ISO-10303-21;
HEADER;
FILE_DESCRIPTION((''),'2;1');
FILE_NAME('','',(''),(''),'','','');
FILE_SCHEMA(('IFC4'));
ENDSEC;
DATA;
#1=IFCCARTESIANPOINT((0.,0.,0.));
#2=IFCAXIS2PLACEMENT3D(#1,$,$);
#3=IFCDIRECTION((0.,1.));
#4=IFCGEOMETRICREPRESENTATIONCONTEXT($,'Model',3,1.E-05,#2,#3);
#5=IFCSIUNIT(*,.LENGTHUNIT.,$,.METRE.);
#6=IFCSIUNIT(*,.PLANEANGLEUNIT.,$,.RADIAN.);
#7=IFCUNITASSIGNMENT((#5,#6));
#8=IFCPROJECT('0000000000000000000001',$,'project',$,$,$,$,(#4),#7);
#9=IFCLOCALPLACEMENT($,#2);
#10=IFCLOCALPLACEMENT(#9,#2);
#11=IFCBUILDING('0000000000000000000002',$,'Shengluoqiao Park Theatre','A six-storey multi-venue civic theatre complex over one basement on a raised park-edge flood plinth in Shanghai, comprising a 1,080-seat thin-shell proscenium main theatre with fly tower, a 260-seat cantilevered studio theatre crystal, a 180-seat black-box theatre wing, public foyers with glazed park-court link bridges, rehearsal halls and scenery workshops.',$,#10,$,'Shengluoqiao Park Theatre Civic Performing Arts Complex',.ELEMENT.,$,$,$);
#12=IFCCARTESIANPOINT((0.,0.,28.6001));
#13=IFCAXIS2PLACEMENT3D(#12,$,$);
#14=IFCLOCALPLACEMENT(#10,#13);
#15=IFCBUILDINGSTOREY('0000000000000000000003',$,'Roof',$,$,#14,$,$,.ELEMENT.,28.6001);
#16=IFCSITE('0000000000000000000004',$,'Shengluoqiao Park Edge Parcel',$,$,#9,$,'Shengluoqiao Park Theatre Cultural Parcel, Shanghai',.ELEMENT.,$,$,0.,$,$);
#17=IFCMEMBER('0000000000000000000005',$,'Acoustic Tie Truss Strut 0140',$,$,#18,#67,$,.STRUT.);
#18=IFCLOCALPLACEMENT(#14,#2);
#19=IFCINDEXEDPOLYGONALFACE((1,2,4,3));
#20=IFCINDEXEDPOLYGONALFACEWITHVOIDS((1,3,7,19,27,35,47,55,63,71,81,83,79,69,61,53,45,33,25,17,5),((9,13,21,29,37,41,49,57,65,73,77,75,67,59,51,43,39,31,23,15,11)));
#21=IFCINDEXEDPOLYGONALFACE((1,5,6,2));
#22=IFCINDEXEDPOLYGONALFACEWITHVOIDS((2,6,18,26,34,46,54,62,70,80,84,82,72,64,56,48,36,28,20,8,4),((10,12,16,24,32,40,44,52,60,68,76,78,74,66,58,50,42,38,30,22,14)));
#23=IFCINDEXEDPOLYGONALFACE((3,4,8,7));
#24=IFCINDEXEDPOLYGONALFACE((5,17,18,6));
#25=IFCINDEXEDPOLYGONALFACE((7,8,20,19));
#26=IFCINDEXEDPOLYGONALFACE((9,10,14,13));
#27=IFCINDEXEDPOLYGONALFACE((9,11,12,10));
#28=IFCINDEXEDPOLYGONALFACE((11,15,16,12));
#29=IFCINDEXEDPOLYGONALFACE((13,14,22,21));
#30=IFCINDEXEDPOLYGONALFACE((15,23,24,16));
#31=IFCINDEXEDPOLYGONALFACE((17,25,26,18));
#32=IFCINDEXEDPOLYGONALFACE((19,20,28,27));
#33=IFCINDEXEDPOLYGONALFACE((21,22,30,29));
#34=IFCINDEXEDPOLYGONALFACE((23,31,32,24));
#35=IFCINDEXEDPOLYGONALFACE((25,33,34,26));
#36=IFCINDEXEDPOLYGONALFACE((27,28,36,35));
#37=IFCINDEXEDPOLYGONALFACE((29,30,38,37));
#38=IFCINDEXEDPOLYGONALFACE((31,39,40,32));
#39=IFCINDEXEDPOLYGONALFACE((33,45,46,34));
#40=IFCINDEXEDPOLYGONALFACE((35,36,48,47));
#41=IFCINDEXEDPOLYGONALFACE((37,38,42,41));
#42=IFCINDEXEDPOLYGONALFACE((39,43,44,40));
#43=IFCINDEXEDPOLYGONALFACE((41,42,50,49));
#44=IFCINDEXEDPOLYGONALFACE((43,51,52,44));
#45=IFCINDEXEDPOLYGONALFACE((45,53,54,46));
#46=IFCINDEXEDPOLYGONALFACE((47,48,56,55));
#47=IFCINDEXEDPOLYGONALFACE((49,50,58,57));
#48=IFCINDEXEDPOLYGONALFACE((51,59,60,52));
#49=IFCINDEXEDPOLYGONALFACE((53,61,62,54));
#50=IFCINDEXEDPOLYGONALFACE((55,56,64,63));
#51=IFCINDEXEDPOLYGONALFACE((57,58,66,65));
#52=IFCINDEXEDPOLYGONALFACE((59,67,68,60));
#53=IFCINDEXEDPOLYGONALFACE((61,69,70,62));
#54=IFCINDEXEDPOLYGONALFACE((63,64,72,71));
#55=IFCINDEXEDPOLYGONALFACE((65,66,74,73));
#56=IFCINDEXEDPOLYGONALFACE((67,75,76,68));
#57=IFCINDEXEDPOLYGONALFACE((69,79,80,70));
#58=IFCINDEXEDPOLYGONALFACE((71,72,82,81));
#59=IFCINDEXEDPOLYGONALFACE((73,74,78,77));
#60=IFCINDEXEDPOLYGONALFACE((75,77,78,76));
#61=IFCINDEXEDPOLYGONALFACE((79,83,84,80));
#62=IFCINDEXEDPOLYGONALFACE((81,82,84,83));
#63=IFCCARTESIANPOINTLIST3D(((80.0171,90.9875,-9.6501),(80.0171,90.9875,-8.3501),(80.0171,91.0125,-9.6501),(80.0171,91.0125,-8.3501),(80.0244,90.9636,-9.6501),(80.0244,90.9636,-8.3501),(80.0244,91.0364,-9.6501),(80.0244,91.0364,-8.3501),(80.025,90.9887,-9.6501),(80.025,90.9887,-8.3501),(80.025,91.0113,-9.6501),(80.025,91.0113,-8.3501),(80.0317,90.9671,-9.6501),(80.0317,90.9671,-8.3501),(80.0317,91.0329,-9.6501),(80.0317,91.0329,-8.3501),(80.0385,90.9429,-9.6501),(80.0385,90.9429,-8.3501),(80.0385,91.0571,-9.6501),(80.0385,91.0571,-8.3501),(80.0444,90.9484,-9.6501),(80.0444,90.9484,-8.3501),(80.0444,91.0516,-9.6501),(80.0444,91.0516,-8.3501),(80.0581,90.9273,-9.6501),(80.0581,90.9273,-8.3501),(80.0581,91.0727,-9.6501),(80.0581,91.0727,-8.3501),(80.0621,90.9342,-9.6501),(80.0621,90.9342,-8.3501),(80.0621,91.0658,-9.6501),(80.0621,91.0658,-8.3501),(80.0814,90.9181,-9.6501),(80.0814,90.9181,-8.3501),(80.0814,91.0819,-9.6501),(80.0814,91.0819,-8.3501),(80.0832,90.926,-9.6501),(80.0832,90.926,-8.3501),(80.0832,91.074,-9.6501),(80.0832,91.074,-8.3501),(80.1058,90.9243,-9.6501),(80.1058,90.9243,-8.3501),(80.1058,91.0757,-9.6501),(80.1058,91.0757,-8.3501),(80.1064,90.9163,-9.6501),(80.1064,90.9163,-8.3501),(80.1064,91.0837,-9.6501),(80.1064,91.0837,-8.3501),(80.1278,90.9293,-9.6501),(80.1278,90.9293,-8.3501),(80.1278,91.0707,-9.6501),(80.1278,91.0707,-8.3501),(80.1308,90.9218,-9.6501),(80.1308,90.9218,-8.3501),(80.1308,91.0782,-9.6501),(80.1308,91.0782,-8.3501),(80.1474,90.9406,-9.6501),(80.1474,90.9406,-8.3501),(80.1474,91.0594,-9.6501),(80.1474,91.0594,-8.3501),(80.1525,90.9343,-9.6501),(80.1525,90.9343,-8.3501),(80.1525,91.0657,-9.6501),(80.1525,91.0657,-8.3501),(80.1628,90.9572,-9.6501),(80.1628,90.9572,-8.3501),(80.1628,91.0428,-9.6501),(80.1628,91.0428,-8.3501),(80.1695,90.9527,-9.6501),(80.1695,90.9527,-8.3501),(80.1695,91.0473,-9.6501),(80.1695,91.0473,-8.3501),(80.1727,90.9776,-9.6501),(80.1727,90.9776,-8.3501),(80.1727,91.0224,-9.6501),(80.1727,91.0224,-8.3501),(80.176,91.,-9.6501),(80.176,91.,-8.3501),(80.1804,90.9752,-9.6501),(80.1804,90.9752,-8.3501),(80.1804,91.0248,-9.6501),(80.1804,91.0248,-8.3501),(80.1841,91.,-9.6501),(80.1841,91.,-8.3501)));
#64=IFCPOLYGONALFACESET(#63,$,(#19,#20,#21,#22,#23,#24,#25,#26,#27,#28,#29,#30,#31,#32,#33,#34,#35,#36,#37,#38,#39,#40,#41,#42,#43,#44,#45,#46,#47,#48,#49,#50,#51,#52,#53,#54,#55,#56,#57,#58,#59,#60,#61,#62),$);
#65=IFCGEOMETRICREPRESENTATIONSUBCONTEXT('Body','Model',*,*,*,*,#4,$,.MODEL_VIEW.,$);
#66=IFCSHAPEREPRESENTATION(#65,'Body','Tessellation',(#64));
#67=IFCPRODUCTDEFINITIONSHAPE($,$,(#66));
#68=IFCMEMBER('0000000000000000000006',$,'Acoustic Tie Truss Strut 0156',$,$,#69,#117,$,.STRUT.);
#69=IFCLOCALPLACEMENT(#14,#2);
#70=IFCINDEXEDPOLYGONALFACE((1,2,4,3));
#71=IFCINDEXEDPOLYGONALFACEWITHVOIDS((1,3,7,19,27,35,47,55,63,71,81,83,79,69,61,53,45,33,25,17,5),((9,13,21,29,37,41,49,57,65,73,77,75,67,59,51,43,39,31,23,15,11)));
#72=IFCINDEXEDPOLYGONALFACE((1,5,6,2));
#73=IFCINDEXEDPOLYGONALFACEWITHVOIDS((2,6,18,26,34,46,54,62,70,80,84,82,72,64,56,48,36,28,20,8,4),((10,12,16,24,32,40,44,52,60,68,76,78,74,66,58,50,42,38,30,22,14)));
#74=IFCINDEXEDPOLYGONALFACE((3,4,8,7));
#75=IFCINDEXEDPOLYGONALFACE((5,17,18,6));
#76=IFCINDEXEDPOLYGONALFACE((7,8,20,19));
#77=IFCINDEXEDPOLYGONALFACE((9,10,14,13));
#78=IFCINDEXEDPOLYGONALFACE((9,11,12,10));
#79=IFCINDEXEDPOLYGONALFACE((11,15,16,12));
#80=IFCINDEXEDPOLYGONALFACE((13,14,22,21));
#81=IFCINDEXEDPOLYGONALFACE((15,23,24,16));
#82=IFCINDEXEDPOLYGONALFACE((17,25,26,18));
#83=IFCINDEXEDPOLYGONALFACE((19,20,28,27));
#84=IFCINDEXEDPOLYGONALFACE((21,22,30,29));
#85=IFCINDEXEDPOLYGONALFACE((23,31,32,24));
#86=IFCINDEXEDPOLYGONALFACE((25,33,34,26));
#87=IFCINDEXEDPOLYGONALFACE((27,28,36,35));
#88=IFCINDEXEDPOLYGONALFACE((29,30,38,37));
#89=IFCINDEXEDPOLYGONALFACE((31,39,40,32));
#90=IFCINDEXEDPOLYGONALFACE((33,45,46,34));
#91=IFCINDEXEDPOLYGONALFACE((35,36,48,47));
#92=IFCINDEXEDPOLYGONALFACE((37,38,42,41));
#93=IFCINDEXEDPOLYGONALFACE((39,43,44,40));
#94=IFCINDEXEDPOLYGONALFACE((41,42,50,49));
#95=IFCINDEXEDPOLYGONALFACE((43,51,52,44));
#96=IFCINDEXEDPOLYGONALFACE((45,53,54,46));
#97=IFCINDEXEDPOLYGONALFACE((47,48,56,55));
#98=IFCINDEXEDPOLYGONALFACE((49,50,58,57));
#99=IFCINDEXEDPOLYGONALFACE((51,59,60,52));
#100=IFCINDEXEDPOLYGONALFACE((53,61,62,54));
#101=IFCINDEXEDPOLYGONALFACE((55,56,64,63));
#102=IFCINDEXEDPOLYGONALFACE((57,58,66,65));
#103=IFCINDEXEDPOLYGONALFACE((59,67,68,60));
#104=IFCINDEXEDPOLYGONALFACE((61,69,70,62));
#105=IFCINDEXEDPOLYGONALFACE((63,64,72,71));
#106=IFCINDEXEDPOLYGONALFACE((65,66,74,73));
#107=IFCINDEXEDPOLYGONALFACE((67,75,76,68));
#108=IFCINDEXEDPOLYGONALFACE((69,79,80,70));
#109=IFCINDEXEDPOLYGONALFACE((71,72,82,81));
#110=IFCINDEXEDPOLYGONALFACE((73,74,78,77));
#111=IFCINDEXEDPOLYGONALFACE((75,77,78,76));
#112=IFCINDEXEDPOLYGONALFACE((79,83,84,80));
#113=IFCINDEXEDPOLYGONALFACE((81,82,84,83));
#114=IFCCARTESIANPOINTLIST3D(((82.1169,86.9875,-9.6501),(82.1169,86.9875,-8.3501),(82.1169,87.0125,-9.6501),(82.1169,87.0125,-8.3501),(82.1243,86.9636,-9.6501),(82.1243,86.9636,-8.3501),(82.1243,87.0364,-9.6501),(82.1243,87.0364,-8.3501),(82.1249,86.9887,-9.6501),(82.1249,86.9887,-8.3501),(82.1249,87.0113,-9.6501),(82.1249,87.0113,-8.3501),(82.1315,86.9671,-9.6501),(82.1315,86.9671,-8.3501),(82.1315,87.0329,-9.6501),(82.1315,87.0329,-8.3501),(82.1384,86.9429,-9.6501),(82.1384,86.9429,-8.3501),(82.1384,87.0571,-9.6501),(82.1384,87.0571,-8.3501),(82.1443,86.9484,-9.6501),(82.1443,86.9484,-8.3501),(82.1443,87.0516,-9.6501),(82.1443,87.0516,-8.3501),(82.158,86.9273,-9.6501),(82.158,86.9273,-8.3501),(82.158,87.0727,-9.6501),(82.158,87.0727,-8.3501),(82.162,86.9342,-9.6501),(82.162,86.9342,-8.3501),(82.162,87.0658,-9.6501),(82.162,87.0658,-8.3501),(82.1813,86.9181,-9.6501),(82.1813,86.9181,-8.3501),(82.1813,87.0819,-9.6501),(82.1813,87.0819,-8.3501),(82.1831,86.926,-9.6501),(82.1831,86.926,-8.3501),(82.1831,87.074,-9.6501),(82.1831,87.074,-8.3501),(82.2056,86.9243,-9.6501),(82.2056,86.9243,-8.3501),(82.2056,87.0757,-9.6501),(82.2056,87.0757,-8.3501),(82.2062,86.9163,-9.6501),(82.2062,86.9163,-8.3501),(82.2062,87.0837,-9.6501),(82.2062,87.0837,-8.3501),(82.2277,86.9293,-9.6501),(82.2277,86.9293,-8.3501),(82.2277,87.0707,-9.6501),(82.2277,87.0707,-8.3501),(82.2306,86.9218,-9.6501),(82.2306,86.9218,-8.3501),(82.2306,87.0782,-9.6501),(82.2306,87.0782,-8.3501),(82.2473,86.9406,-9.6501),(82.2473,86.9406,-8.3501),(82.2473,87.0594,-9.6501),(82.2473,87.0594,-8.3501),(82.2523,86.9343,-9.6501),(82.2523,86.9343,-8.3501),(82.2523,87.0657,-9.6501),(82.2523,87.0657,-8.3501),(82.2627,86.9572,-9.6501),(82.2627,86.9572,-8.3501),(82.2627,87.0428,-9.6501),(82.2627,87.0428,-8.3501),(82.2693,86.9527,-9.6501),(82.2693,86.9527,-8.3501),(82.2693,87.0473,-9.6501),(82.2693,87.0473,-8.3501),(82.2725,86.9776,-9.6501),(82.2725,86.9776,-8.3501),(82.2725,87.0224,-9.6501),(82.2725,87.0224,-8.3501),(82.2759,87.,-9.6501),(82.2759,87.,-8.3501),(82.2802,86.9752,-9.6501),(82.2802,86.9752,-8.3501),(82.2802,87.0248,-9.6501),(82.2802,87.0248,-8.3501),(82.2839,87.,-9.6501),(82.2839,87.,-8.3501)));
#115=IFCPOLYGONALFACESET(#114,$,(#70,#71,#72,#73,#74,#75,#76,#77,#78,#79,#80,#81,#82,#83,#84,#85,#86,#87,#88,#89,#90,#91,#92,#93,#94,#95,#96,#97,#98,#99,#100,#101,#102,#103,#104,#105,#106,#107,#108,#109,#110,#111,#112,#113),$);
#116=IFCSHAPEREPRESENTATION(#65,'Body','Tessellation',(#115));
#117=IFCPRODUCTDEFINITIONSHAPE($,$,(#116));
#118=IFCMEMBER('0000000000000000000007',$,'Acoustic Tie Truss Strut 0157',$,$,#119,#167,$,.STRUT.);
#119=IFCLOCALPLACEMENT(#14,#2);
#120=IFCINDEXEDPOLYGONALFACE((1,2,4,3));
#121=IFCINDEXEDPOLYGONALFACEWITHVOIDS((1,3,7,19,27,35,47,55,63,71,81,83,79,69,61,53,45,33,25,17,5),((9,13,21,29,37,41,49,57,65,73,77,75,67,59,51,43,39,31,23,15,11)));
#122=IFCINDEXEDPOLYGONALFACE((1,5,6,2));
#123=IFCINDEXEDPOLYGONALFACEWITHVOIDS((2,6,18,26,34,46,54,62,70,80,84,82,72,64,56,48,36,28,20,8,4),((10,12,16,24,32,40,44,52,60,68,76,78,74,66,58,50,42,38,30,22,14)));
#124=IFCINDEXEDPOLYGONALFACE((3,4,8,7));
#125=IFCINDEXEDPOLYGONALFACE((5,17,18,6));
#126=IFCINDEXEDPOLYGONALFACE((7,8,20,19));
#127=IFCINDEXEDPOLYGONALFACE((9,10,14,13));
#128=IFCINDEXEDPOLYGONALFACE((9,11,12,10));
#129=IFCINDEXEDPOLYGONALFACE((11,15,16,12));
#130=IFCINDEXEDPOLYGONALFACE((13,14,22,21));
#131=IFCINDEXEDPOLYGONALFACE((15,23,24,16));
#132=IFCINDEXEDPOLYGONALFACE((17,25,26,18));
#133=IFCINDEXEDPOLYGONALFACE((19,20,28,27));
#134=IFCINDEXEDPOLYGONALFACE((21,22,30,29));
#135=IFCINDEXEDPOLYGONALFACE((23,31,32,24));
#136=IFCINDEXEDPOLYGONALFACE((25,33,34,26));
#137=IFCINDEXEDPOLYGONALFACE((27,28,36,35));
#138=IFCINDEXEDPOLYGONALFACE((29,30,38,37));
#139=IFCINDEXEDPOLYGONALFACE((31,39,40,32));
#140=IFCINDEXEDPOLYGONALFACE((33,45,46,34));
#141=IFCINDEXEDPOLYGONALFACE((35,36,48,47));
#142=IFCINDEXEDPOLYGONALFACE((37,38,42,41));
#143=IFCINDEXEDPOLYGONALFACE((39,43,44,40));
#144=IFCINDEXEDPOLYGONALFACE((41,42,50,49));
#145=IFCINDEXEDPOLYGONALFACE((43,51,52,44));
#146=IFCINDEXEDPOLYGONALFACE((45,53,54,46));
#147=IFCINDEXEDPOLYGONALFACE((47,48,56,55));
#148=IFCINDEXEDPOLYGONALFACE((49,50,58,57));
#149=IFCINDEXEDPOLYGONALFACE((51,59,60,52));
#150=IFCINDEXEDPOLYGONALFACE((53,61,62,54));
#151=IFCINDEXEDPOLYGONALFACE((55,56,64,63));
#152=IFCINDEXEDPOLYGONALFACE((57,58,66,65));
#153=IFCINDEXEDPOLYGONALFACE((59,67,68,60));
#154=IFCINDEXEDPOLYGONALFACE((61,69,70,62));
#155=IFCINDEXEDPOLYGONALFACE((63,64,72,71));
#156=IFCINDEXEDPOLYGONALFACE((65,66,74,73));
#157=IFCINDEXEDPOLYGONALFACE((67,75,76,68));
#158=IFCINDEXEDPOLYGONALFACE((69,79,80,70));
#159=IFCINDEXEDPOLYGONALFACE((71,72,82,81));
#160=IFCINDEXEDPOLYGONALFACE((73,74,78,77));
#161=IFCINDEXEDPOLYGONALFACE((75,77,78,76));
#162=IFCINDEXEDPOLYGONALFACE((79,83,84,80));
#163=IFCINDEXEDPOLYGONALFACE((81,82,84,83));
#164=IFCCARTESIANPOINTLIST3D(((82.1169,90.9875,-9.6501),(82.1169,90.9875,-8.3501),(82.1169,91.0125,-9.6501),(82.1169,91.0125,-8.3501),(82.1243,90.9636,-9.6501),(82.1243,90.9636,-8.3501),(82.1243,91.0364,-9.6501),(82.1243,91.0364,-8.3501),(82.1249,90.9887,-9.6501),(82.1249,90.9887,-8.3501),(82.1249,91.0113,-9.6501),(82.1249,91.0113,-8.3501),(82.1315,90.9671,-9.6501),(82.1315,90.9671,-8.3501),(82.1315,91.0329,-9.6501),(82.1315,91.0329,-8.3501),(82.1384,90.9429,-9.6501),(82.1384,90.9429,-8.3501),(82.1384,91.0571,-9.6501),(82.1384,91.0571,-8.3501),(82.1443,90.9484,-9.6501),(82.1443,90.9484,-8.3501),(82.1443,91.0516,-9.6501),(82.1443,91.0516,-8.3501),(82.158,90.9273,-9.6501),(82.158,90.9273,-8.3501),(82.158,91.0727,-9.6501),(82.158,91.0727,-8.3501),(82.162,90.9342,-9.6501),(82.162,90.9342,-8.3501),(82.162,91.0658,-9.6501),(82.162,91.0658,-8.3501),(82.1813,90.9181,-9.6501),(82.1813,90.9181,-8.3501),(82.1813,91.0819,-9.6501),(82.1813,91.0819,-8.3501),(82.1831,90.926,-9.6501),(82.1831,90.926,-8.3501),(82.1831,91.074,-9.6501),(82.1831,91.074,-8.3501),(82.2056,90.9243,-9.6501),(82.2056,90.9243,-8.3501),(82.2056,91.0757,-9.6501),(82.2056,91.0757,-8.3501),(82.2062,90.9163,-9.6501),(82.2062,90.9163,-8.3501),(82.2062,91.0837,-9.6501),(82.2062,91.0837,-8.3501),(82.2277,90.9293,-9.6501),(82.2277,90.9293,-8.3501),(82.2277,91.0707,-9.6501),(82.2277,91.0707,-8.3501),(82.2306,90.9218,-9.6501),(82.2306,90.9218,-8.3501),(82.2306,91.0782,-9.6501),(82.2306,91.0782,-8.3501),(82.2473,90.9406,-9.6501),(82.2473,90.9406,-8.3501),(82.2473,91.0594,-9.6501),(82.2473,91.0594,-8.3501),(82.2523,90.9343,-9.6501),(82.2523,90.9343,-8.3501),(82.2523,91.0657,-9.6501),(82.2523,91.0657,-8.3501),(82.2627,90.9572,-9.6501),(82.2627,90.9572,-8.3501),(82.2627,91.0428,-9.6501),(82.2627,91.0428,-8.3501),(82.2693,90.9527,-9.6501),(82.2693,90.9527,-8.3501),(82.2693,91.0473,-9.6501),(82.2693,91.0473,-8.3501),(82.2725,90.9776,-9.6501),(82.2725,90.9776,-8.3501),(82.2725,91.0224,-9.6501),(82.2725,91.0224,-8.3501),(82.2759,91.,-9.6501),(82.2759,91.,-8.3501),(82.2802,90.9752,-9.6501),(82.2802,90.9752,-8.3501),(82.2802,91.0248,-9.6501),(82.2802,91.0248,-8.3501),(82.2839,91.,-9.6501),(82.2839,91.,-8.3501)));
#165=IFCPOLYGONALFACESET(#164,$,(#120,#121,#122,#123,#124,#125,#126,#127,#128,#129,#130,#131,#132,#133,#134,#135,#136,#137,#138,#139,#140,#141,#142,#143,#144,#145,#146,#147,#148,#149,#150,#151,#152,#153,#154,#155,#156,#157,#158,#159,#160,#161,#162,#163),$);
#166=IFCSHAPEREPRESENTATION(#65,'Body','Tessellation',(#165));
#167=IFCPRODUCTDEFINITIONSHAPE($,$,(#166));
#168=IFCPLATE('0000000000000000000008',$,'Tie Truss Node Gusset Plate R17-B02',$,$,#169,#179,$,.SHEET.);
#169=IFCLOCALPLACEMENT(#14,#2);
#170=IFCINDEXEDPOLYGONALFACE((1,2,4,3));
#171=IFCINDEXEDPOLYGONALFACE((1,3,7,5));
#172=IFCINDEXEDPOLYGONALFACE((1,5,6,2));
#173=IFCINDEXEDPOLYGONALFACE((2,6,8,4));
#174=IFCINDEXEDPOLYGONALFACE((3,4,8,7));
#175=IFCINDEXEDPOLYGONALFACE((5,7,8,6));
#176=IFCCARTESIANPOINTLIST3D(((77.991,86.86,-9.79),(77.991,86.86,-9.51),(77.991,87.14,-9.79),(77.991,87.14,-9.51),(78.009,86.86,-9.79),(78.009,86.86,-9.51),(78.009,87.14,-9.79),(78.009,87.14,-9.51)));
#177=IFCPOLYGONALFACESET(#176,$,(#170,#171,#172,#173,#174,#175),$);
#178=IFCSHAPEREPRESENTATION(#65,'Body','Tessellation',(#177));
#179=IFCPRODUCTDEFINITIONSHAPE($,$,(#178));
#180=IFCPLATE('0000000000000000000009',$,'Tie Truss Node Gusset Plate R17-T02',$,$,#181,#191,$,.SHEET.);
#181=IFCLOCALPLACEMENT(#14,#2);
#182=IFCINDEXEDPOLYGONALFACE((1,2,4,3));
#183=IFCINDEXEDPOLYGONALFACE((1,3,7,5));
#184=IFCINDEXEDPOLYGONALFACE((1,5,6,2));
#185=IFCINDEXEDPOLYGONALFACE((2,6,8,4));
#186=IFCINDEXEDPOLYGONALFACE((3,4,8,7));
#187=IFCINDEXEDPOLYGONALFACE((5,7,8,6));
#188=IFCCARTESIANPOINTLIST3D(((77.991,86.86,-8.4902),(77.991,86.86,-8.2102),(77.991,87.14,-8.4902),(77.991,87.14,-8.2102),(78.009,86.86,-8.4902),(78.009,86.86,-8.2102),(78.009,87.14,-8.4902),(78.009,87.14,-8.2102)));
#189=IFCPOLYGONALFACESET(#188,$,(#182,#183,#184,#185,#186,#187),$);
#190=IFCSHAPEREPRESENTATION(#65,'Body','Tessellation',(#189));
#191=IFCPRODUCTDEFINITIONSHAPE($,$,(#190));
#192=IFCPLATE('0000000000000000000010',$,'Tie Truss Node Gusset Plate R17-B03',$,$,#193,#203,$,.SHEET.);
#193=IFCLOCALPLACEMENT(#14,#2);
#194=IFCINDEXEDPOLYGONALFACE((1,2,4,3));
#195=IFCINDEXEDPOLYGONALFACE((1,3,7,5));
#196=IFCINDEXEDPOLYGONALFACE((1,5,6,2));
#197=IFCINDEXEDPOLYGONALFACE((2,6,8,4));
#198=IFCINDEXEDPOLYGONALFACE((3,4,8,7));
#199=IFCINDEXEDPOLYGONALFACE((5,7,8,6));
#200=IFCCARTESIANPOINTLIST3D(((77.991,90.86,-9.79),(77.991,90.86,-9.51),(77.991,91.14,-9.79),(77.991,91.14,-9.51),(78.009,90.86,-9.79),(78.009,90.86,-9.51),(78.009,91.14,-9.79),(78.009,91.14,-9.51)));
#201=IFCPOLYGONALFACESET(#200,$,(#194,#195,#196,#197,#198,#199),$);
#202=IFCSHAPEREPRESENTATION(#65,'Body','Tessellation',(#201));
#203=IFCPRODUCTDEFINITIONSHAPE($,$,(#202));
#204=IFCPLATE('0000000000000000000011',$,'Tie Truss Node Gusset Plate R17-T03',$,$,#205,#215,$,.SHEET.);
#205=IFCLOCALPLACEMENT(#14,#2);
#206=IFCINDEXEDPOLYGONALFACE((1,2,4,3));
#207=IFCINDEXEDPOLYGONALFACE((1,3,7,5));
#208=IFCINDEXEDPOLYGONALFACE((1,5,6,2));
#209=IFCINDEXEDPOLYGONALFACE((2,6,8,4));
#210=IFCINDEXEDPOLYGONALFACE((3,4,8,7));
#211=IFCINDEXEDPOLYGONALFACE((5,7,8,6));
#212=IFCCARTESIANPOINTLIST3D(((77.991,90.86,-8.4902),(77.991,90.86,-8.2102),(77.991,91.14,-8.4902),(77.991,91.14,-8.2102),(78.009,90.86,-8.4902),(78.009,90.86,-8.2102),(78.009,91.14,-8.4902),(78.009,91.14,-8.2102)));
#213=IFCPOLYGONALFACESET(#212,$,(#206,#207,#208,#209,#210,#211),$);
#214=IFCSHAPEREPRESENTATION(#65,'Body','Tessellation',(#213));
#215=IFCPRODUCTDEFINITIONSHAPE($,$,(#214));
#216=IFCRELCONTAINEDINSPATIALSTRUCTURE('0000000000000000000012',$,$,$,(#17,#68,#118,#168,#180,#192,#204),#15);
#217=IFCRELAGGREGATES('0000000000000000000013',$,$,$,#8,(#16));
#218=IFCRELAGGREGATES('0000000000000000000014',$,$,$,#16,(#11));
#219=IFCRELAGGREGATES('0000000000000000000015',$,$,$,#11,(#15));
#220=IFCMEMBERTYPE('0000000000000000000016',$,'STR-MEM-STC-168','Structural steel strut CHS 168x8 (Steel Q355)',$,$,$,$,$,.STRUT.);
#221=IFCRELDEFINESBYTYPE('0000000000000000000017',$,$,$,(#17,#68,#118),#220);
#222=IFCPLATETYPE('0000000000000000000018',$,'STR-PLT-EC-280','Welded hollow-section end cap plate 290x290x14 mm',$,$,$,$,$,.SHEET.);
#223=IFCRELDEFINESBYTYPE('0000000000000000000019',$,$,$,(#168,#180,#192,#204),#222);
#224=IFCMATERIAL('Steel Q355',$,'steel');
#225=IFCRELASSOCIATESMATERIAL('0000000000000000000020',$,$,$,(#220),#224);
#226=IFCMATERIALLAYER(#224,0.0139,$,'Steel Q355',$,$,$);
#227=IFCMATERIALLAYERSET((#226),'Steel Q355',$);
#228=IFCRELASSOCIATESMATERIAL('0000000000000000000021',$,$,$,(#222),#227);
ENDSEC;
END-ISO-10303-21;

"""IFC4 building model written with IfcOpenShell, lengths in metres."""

from ifc_helpers import new_model, si_unit, direction, frame, origin, origin_2d, place, context, subcontext, project, spatial, rectangle, hollow_circle, extrude, material, layer, layer_set, material_profile, profile_set, type_object, element, save


model = new_model("IFC4")

# Units and contexts
model_context = context("Model", 3, precision=1e-05, world=origin(), true_north=direction((0.0, 1.0)))
body_context = subcontext(model_context, "Body", "Model", "MODEL_VIEW")
ifc_project = project(units=[si_unit("LENGTHUNIT", "METRE"), si_unit("PLANEANGLEUNIT", "RADIAN")], contexts=[model_context])

# Site, building, storey
site_placement = place(None, origin())
site = spatial("IfcSite", under=ifc_project, at=site_placement, Name="Shengluoqiao Park Edge Parcel", LongName="Shengluoqiao Park Theatre Cultural Parcel, Shanghai", CompositionType="ELEMENT", RefElevation=0.0)
building_placement = place(site_placement, origin())
building = spatial("IfcBuilding", under=site, at=building_placement, Name="Shengluoqiao Park Theatre", Description="A six-storey multi-venue civic theatre complex over one basement on a raised park-edge flood plinth in Shanghai, comprising a 1,080-seat thin-shell proscenium main theatre with fly tower, a 260-seat cantilevered studio theatre crystal, a 180-seat black-box theatre wing, public foyers with glazed park-court link bridges, rehearsal halls and scenery workshops.", LongName="Shengluoqiao Park Theatre Civic Performing Arts Complex", CompositionType="ELEMENT")
storey_placement = place(building_placement, frame((0.0, 0.0, 28.6001)))
storey = spatial("IfcBuildingStorey", under=building, at=storey_placement, Name="Roof", CompositionType="ELEMENT", Elevation=28.6001)

# Shared definitions
ifc_material = material(Name="Steel Q355", Category="steel")

# Members
ifc_material_profile_1 = material_profile(ifc_material, hollow_circle(Radius=0.084, WallThickness=0.0081, at=origin_2d()), Name="CHS 168x8")
ifc_profile_set_1 = profile_set([ifc_material_profile_1], Name="Steel Q355")
member_type_1 = type_object("IfcMemberType", Name="STR-MEM-STC-168", Description="Structural steel strut CHS 168x8 (Steel Q355)", PredefinedType="STRUT", material=ifc_profile_set_1)
for number, where, z_axis, x_axis, name in (
    (1, (80.1001, 91.0, -9.6501), (0.0, 0.0, 1.0), (1.0, 0.0, 0.0), "Acoustic Tie Truss Strut 0140"),
    (2, (82.2, 87.0, -9.6501), (0.0, 0.0, 1.0), (1.0, 0.0, 0.0), "Acoustic Tie Truss Strut 0156"),
    (3, (82.2, 91.0, -9.6501), (0.0, 0.0, 1.0), (1.0, 0.0, 0.0), "Acoustic Tie Truss Strut 0157"),
):
    element("IfcMember", number, at=place(storey_placement, frame(where, z_axis=z_axis, x_axis=x_axis)), inside=storey, type_object=member_type_1, Name=name, PredefinedType="STRUT", context=body_context, shape_type="SweptSolid", body=[
        extrude(hollow_circle(Radius=0.084, WallThickness=0.0081, at=origin_2d()), origin(), (0.0, 0.0, 1.0), 1.3),
    ])

# Plates
ifc_layer = layer(ifc_material, 0.0139, Name="Steel Q355")
ifc_layer_set = layer_set([ifc_layer], Name="Steel Q355")
plate_type = type_object("IfcPlateType", Name="STR-PLT-EC-280", Description="Welded hollow-section end cap plate 290x290x14 mm", PredefinedType="SHEET", material=ifc_layer_set)
for number, where, z_axis, x_axis, name in (
    (4, (78.0, 87.0, -9.79), (0.0, 0.0, 1.0), (1.0, 0.0, 0.0), "Tie Truss Node Gusset Plate R17-B02"),
    (5, (78.0, 87.0, -8.4902), (0.0, 0.0, 1.0), (1.0, 0.0, 0.0), "Tie Truss Node Gusset Plate R17-T02"),
    (6, (78.0, 91.0, -9.79), (0.0, 0.0, 1.0), (1.0, 0.0, 0.0), "Tie Truss Node Gusset Plate R17-B03"),
    (7, (78.0, 91.0, -8.4902), (0.0, 0.0, 1.0), (1.0, 0.0, 0.0), "Tie Truss Node Gusset Plate R17-T03"),
):
    element("IfcPlate", number, at=place(storey_placement, frame(where, z_axis=z_axis, x_axis=x_axis)), inside=storey, type_object=plate_type, Name=name, PredefinedType="SHEET", context=body_context, shape_type="SweptSolid", body=[
        extrude(rectangle(XDim=0.0181, YDim=0.28, at=origin_2d()), origin(), (0.0, 0.0, 1.0), 0.28),
    ])

save(model, "model.ifc")
